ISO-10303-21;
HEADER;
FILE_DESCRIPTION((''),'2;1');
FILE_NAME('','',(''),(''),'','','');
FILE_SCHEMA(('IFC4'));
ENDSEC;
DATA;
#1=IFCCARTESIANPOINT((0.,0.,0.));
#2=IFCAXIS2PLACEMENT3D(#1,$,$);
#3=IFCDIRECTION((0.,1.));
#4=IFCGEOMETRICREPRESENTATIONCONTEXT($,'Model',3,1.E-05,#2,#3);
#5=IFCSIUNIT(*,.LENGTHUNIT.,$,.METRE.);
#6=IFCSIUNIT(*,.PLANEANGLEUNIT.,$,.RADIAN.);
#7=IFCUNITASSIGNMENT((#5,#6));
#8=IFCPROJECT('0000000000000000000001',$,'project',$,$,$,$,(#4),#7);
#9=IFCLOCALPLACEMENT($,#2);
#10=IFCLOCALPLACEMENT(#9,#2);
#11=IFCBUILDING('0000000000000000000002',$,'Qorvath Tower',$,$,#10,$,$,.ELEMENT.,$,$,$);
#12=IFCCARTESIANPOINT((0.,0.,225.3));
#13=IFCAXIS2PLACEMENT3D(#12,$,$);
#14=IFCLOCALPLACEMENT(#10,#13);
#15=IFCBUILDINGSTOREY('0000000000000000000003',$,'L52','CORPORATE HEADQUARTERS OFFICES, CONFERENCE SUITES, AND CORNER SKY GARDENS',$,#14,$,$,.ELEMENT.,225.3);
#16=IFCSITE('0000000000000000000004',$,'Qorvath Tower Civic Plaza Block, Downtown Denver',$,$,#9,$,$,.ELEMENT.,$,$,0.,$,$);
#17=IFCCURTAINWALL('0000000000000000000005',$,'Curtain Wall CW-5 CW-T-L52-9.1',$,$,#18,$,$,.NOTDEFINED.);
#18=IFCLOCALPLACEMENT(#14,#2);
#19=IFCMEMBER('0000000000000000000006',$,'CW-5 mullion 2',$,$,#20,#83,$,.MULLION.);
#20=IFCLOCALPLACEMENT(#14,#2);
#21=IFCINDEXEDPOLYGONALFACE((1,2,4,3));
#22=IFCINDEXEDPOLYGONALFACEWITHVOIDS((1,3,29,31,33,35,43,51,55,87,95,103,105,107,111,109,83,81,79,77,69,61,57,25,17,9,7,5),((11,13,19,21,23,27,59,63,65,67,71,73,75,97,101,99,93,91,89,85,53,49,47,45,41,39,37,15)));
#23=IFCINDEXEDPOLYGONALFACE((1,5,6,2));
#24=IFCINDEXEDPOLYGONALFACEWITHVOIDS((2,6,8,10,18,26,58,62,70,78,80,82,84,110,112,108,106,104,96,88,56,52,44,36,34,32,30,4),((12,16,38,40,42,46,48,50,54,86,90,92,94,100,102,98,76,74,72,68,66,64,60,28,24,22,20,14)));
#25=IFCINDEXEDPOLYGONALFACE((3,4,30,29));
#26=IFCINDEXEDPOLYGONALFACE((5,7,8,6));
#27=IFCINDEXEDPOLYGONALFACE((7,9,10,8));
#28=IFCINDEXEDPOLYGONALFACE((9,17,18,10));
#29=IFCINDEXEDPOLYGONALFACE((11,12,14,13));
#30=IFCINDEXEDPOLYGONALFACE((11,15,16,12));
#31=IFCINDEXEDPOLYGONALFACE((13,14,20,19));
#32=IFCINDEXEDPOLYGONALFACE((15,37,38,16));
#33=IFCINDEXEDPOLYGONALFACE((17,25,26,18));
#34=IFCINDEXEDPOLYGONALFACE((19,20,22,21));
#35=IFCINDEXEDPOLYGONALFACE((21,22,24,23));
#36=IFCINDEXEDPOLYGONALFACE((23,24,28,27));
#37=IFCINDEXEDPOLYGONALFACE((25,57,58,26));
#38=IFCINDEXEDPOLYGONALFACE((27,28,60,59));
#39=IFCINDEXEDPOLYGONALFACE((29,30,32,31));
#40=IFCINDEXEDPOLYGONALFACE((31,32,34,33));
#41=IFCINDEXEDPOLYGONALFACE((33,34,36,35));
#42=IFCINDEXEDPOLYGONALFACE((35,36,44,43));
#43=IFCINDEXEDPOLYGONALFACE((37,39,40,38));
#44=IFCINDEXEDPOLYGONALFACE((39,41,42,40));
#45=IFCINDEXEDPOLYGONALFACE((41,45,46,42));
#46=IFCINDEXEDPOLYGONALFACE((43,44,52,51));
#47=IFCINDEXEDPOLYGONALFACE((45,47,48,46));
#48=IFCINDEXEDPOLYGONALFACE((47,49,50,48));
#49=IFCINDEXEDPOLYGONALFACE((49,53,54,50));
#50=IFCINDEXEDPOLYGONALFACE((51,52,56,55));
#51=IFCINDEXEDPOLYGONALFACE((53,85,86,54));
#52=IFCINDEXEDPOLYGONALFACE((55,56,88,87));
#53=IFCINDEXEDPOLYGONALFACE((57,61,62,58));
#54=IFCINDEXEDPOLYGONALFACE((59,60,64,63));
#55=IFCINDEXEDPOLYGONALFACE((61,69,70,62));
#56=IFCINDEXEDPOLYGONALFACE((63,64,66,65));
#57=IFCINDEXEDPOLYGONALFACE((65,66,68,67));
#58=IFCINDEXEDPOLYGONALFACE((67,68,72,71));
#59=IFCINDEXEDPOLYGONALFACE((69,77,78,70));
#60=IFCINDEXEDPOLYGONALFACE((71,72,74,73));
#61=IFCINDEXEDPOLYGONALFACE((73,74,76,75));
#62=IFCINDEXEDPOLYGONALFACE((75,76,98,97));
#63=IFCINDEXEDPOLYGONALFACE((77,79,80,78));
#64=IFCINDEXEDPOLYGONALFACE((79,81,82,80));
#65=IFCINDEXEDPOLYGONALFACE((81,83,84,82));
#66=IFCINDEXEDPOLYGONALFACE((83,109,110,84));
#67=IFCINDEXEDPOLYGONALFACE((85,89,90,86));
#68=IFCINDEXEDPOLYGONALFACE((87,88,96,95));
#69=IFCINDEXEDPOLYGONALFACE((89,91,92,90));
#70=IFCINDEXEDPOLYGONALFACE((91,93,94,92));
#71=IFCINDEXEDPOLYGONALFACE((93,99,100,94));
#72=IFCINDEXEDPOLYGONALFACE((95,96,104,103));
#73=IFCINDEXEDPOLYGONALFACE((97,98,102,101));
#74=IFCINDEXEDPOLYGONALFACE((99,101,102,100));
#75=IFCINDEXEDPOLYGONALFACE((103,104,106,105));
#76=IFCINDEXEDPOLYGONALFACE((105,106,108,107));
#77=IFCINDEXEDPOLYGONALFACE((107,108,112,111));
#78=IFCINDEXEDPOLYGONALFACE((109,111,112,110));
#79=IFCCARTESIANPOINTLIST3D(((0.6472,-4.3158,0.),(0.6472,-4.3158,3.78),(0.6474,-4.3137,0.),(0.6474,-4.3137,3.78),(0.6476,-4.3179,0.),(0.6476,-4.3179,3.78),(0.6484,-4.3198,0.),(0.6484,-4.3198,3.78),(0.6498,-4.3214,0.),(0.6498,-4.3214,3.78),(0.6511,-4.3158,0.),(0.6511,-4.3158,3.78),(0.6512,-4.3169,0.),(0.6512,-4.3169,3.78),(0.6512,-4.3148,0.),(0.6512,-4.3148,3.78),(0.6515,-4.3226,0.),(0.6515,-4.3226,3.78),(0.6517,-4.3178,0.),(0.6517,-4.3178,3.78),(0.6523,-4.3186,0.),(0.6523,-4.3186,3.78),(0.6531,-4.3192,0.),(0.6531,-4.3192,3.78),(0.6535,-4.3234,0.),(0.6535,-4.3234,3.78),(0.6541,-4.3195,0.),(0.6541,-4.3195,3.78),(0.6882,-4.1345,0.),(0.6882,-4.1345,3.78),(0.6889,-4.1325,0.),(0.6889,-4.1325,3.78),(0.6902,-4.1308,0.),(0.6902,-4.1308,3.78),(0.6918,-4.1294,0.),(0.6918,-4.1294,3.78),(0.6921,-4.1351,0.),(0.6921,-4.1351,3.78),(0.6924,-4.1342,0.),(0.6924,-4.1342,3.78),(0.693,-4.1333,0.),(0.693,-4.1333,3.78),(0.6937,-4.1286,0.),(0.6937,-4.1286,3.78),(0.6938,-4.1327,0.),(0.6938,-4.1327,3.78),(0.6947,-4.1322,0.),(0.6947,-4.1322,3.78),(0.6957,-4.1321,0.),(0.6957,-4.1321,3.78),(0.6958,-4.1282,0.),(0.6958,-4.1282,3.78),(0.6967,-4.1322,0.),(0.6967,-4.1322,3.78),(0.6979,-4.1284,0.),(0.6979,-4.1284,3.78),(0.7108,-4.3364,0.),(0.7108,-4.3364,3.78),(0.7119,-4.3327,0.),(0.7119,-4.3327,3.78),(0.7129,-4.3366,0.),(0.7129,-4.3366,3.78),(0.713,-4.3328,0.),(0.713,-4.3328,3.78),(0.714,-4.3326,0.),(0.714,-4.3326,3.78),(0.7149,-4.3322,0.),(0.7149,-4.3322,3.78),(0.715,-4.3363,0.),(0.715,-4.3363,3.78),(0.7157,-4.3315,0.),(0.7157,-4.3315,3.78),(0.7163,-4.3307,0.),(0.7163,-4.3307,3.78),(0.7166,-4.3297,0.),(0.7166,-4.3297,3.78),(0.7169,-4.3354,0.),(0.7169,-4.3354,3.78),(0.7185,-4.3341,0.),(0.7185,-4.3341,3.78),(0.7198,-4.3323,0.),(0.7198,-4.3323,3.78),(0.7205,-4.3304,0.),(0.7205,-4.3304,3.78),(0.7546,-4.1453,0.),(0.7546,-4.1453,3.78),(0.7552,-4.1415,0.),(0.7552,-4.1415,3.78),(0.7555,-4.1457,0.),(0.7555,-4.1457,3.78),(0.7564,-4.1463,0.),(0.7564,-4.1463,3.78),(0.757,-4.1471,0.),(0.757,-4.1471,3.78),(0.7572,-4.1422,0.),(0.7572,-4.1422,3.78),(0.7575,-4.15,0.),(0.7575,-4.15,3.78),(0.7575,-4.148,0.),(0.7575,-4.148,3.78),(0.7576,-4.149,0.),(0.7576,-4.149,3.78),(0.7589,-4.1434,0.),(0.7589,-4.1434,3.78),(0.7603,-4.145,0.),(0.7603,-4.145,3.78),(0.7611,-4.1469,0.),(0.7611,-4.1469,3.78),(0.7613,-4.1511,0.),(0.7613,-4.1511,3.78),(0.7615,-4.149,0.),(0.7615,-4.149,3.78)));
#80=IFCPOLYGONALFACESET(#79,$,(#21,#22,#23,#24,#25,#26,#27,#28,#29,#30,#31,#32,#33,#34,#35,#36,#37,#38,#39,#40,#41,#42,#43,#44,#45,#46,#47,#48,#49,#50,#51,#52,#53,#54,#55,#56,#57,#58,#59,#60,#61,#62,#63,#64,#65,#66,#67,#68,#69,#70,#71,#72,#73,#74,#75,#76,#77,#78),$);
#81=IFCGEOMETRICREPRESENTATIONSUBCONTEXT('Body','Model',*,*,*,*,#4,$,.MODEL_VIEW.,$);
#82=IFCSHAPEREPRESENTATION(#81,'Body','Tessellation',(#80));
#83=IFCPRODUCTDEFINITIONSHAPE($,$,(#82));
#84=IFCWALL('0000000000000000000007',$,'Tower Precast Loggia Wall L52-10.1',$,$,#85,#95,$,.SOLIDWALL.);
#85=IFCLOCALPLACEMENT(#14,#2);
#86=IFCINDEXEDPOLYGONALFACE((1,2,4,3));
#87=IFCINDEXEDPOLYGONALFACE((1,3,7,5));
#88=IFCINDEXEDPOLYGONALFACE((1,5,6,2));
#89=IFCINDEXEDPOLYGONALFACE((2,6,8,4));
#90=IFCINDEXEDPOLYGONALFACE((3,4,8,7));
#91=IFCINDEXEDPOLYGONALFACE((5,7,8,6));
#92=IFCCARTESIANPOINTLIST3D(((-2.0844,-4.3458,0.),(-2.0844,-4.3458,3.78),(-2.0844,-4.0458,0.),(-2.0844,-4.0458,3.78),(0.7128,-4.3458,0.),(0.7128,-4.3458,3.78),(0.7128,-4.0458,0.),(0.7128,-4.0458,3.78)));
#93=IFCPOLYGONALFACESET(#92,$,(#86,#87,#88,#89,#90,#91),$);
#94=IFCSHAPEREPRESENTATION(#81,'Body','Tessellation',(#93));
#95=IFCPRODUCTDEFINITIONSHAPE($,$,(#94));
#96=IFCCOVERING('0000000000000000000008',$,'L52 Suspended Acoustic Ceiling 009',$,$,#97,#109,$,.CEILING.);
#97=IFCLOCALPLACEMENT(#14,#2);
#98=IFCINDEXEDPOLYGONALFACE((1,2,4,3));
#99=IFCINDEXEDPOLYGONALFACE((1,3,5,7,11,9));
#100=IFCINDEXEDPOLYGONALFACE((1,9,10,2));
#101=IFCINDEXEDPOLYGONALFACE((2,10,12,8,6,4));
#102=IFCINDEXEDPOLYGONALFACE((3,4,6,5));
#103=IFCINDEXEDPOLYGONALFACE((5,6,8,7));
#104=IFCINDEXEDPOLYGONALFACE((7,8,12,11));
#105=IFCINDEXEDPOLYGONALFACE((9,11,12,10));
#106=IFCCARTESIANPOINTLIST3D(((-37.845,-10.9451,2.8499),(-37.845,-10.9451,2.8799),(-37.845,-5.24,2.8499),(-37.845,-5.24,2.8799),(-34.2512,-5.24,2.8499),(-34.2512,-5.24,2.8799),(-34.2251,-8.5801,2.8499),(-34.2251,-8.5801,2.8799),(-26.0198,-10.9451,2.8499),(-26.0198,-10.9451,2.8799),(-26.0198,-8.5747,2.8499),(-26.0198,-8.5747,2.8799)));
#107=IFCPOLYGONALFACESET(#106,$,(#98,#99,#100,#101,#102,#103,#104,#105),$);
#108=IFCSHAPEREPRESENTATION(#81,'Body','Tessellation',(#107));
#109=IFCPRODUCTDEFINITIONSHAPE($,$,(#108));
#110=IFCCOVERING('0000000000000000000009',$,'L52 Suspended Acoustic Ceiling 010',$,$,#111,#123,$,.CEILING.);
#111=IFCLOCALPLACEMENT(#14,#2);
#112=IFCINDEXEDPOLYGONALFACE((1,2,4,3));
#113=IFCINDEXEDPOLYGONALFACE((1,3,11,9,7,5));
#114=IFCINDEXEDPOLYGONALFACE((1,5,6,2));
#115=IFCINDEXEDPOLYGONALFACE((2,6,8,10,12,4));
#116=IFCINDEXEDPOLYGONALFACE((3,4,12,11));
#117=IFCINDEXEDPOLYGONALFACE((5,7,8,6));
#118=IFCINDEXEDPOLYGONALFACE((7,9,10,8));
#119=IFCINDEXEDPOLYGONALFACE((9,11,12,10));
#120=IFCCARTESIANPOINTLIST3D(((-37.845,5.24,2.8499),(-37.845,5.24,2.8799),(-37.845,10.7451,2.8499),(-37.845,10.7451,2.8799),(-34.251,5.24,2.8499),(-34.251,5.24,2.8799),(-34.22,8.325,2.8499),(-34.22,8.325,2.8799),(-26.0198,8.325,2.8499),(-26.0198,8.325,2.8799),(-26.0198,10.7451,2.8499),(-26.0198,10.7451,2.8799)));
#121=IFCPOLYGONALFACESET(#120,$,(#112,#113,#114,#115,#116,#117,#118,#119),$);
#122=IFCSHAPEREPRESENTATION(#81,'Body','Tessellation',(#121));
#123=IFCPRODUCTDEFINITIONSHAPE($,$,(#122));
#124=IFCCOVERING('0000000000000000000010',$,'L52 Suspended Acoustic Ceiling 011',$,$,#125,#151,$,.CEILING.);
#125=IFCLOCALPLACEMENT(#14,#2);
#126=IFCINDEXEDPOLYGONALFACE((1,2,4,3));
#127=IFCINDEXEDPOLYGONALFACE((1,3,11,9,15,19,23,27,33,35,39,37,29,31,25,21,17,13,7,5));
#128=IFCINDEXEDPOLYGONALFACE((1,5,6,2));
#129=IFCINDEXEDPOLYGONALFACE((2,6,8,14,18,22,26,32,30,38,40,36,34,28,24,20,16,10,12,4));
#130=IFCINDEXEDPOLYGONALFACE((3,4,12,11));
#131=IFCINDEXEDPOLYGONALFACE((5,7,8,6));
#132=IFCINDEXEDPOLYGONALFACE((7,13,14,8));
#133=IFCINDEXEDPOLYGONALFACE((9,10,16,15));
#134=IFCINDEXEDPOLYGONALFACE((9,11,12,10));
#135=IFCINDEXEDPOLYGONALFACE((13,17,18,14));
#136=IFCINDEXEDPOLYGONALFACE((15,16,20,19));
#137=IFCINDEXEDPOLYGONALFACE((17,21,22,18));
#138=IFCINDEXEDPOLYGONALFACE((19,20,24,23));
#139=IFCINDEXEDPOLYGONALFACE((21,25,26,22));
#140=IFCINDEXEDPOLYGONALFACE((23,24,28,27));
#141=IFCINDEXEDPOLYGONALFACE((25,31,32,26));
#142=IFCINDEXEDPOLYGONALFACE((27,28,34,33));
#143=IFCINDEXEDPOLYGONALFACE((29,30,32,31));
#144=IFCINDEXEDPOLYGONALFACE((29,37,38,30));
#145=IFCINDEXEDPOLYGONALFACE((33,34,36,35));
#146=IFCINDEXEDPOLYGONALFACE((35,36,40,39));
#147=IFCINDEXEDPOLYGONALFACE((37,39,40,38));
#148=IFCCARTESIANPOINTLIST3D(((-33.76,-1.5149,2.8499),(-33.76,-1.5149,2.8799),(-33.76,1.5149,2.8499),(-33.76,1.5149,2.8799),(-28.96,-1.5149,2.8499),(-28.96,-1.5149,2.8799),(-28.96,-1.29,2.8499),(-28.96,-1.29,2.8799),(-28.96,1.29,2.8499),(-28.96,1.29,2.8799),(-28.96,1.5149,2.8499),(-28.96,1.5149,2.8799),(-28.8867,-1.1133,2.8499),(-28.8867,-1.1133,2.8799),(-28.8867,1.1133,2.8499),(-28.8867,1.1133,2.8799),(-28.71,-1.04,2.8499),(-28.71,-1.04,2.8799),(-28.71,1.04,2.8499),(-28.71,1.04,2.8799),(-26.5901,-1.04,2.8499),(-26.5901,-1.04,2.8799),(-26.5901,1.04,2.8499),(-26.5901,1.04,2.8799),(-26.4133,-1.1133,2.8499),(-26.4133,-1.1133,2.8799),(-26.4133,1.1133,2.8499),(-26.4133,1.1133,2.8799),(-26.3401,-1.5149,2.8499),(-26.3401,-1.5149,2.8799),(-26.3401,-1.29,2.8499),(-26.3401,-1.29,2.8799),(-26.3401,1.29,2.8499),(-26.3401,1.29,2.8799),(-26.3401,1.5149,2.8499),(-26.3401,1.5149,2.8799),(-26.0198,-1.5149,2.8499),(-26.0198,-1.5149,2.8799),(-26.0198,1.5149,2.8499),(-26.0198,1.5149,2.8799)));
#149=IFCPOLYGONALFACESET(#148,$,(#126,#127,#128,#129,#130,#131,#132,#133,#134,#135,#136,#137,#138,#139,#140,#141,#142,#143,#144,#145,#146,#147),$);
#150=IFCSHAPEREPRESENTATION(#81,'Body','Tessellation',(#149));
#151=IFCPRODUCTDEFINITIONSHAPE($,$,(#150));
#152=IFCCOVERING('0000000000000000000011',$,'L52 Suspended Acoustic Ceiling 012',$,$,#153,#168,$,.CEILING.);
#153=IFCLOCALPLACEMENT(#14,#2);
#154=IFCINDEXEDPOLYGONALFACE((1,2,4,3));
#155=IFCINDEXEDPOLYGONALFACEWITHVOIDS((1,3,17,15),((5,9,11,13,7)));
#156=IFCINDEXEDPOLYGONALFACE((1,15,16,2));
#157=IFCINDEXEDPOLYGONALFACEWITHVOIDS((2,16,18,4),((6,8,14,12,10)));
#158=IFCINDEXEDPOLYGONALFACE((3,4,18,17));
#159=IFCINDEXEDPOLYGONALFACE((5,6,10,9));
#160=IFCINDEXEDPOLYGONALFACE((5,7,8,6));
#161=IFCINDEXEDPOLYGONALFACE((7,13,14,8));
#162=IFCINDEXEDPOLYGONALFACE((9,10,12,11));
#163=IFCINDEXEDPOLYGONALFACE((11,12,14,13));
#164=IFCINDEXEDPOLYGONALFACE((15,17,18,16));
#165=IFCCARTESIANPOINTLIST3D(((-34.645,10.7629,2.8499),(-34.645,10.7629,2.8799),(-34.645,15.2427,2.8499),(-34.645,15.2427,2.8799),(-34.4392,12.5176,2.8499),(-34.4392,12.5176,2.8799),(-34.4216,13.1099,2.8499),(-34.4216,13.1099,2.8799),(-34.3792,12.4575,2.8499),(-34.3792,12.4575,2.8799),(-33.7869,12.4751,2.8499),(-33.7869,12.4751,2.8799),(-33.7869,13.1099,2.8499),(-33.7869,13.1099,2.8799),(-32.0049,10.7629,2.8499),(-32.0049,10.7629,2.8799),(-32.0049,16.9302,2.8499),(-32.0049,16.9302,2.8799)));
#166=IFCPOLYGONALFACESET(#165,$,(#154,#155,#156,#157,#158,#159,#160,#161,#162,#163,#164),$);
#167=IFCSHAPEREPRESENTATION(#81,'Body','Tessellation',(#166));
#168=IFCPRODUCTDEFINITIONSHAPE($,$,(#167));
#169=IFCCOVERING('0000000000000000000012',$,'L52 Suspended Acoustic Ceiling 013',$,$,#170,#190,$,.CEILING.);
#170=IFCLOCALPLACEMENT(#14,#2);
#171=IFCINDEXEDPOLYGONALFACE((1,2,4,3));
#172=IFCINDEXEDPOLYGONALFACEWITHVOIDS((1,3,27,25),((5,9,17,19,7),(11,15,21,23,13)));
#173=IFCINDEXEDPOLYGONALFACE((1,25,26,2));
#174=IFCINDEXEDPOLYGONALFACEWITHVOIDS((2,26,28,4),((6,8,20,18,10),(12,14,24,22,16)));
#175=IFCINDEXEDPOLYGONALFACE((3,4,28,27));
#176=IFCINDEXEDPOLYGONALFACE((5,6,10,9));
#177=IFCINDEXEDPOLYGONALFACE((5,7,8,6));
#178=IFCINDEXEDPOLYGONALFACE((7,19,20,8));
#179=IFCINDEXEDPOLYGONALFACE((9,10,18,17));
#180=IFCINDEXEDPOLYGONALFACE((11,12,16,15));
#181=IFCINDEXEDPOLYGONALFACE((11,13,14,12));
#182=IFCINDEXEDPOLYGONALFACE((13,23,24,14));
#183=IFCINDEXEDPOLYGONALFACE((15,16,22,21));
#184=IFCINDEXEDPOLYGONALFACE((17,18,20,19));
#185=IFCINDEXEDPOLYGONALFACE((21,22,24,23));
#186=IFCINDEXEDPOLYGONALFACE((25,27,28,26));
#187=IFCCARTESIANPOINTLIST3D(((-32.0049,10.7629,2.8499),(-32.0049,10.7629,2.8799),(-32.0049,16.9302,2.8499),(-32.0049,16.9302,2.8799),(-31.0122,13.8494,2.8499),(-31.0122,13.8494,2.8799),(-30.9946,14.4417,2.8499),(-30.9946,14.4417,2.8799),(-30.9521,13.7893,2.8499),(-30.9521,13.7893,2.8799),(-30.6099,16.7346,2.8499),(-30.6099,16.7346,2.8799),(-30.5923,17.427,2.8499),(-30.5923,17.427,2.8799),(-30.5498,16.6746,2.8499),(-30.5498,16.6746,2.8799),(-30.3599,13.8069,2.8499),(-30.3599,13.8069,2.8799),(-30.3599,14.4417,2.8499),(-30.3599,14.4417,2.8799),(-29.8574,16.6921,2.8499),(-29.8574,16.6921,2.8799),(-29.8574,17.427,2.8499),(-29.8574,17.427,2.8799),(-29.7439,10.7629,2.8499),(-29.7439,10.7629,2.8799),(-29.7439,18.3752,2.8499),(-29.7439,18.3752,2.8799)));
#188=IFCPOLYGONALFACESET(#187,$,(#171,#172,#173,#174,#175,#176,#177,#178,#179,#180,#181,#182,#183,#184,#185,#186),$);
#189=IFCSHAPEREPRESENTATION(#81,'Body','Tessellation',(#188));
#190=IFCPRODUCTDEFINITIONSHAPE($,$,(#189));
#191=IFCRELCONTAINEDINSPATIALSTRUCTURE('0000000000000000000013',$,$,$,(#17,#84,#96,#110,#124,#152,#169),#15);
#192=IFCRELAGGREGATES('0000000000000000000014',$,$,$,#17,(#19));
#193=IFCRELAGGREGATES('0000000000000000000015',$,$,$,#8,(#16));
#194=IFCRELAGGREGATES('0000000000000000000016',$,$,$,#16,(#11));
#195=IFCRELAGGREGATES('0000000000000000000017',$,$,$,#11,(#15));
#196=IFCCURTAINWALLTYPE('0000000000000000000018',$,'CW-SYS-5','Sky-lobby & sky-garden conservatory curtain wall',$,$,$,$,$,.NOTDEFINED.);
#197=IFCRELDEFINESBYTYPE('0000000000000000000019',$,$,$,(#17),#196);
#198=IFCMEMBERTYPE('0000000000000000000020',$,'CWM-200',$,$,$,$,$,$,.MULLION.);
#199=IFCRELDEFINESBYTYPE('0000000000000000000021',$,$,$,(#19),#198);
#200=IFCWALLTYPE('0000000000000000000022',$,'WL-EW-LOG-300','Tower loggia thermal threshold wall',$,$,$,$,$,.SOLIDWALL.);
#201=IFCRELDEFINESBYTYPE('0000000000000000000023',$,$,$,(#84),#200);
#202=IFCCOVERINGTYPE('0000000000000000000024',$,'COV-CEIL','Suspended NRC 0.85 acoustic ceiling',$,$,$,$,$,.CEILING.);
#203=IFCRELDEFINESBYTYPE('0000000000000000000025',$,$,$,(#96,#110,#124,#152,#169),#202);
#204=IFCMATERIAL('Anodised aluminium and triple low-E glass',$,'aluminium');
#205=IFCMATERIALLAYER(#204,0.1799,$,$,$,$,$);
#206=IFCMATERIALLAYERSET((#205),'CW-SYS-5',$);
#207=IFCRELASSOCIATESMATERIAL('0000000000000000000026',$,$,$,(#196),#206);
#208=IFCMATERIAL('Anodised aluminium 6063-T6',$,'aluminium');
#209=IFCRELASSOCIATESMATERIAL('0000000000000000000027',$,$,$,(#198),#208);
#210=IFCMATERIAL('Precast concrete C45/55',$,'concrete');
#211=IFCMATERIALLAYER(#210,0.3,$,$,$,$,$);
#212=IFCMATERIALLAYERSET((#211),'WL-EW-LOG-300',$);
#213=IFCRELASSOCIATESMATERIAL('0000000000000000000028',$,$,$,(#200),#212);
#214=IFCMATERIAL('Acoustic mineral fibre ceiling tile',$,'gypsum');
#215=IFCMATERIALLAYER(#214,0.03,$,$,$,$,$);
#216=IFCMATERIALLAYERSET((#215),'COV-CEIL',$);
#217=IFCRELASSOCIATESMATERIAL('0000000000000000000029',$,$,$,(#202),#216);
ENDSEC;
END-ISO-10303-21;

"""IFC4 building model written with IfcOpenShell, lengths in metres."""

from ifc_helpers import new_model, si_unit, direction, frame, frame_2d, origin, origin_2d, place, context, subcontext, project, spatial, polyline, rectangle, hollow_rectangle, outline, extrude, material, layer, layer_set, material_profile, profile_set, type_object, element, aggregate, save


model = new_model("IFC4")

# Units and contexts
model_context = context("Model", 3, precision=1e-05, world=origin(), true_north=direction((0.0, 1.0)))
body_context = subcontext(model_context, "Body", "Model", "MODEL_VIEW")
ifc_project = project(units=[si_unit("LENGTHUNIT", "METRE"), si_unit("PLANEANGLEUNIT", "RADIAN")], contexts=[model_context])

# Site, building, storey
site_placement = place(None, origin())
site = spatial("IfcSite", under=ifc_project, at=site_placement, Name="Qorvath Tower Civic Plaza Block, Downtown Denver", CompositionType="ELEMENT", RefElevation=0.0)
building_placement = place(site_placement, origin())
building = spatial("IfcBuilding", under=site, at=building_placement, Name="Qorvath Tower", CompositionType="ELEMENT")
storey_placement = place(building_placement, frame((0.0, 0.0, 225.3)))
storey = spatial("IfcBuildingStorey", under=building, at=storey_placement, Name="L52", Description="CORPORATE HEADQUARTERS OFFICES, CONFERENCE SUITES, AND CORNER SKY GARDENS", CompositionType="ELEMENT", Elevation=225.3)

# Curtain wall, member
ifc_material_1 = material(Name="Anodised aluminium and triple low-E glass", Category="aluminium")
ifc_layer_1 = layer(ifc_material_1, 0.1799)
ifc_layer_set_1 = layer_set([ifc_layer_1], Name="CW-SYS-5")
curtain_wall_type = type_object("IfcCurtainWallType", Name="CW-SYS-5", Description="Sky-lobby & sky-garden conservatory curtain wall", PredefinedType="NOTDEFINED", material=ifc_layer_set_1)
curtain_wall_placement = place(storey_placement, origin())
curtain_wall = element("IfcCurtainWall", 1, at=curtain_wall_placement, inside=storey, type_object=curtain_wall_type, Name="Curtain Wall CW-5 CW-T-L52-9.1", PredefinedType="NOTDEFINED")
ifc_material_2 = material(Name="Anodised aluminium 6063-T6", Category="aluminium")
ifc_material_profile = material_profile(ifc_material_2, hollow_rectangle(XDim=0.075, YDim=0.2, WallThickness=0.0039, InnerFilletRadius=0.0039, OuterFilletRadius=0.0081, at=origin_2d()), Name="CWM 200x75")
ifc_profile_set = profile_set([ifc_material_profile], Name="Anodised aluminium 6063-T6")
member_type = type_object("IfcMemberType", Name="CWM-200", PredefinedType="MULLION", material=ifc_profile_set)
member_placement = place(storey_placement, frame((0.7043, -4.2324, 0.0), z_axis=(0.0, 0.0, 1.0), x_axis=(-0.975053, 0.22197, 0.0)))
member = element("IfcMember", 2, at=member_placement, type_object=member_type, Name="CW-5 mullion 2", PredefinedType="MULLION", context=body_context, shape_type="SweptSolid", body=[
    extrude(hollow_rectangle(XDim=0.075, YDim=0.2, WallThickness=0.0039, InnerFilletRadius=0.0039, OuterFilletRadius=0.0081, at=origin_2d()), origin(), (0.0, 0.0, 1.0), 3.78),
])
aggregate(curtain_wall, [member])

# Wall
ifc_material_3 = material(Name="Precast concrete C45/55", Category="concrete")
ifc_layer_2 = layer(ifc_material_3, 0.3)
ifc_layer_set_2 = layer_set([ifc_layer_2], Name="WL-EW-LOG-300")
wall_type = type_object("IfcWallType", Name="WL-EW-LOG-300", Description="Tower loggia thermal threshold wall", PredefinedType="SOLIDWALL", material=ifc_layer_set_2)
wall_placement = place(storey_placement, frame((0.7126, -4.1958, 0.0), z_axis=(0.0, 0.0, 1.0), x_axis=(-1.0, 0.0, 0.0)))
element("IfcWall", 3, at=wall_placement, inside=storey, type_object=wall_type, Name="Tower Precast Loggia Wall L52-10.1", PredefinedType="SOLIDWALL", context=body_context, shape_type="SweptSolid", body=[
    extrude(rectangle(XDim=2.7971, YDim=0.3, at=frame_2d((1.3984, 0.0))), origin(), (0.0, 0.0, 1.0), 3.78),
])

# Coverings
ifc_material_4 = material(Name="Acoustic mineral fibre ceiling tile", Category="gypsum")
ifc_layer_3 = layer(ifc_material_4, 0.03)
ifc_layer_set_3 = layer_set([ifc_layer_3], Name="COV-CEIL")
covering_type_1 = type_object("IfcCoveringType", Name="COV-CEIL", Description="Suspended NRC 0.85 acoustic ceiling", PredefinedType="CEILING", material=ifc_layer_set_3)
covering_1_placement = place(storey_placement, frame((0.0, 0.0, 2.8499)))
element("IfcCovering", 4, at=covering_1_placement, inside=storey, type_object=covering_type_1, Name="L52 Suspended Acoustic Ceiling 009", PredefinedType="CEILING", context=body_context, shape_type="SweptSolid", body=[
    extrude(outline(polyline([(-34.2251, -8.5801), (-34.2512, -5.24), (-37.845, -5.24), (-37.845, -10.9451), (-26.0198, -10.9451), (-26.0198, -8.5747), (-34.2251, -8.5801)])), origin(), (0.0, 0.0, 1.0), 0.03),
])
covering_2_placement = place(storey_placement, frame((0.0, 0.0, 2.8499)))
element("IfcCovering", 5, at=covering_2_placement, inside=storey, type_object=covering_type_1, Name="L52 Suspended Acoustic Ceiling 010", PredefinedType="CEILING", context=body_context, shape_type="SweptSolid", body=[
    extrude(outline(polyline([(-26.0198, 8.325), (-26.0198, 10.7451), (-37.845, 10.7451), (-37.845, 5.24), (-34.251, 5.24), (-34.22, 8.325), (-26.0198, 8.325)])), origin(), (0.0, 0.0, 1.0), 0.03),
])
covering_3_placement = place(storey_placement, frame((0.0, 0.0, 2.8499)))
element("IfcCovering", 6, at=covering_3_placement, inside=storey, type_object=covering_type_1, Name="L52 Suspended Acoustic Ceiling 011", PredefinedType="CEILING", context=body_context, shape_type="SweptSolid", body=[
    extrude(outline(polyline([(-26.0198, -1.5149), (-26.0198, 1.5149), (-26.3401, 1.5149), (-26.3401, 1.29), (-26.4133, 1.1133), (-26.5901, 1.04), (-28.71, 1.04), (-28.8867, 1.1133), (-28.96, 1.29), (-28.96, 1.5149), (-33.76, 1.5149), (-33.76, -1.5149), (-28.96, -1.5149), (-28.96, -1.29), (-28.8867, -1.1133), (-28.71, -1.04), (-26.5901, -1.04), (-26.4133, -1.1133), (-26.3401, -1.29), (-26.3401, -1.5149), (-26.0198, -1.5149)])), origin(), (0.0, 0.0, 1.0), 0.03),
])
covering_4_placement = place(storey_placement, frame((0.0, 0.0, 2.8499)))
element("IfcCovering", 7, at=covering_4_placement, inside=storey, type_object=covering_type_1, Name="L52 Suspended Acoustic Ceiling 012", PredefinedType="CEILING", context=body_context, shape_type="SweptSolid", body=[
    extrude(outline(polyline([(-32.0049, 10.7629), (-32.0049, 16.9302), (-34.645, 15.2427), (-34.645, 10.7629), (-32.0049, 10.7629)]), holes=[polyline([(-34.4392, 12.5176), (-34.4216, 13.1099), (-33.7869, 13.1099), (-33.7869, 12.4751), (-34.3792, 12.4575), (-34.4392, 12.5176)])]), origin(), (0.0, 0.0, 1.0), 0.03),
])
covering_5_placement = place(storey_placement, frame((0.0, 0.0, 2.8499)))
element("IfcCovering", 8, at=covering_5_placement, inside=storey, type_object=covering_type_1, Name="L52 Suspended Acoustic Ceiling 013", PredefinedType="CEILING", context=body_context, shape_type="SweptSolid", body=[
    extrude(outline(polyline([(-29.7439, 10.7629), (-29.7439, 18.3752), (-32.0049, 16.9302), (-32.0049, 10.7629), (-29.7439, 10.7629)]), holes=[polyline([(-30.6099, 16.7346), (-30.5923, 17.427), (-29.8574, 17.427), (-29.8574, 16.6921), (-30.5498, 16.6746), (-30.6099, 16.7346)]), polyline([(-31.0122, 13.8494), (-30.9946, 14.4417), (-30.3599, 14.4417), (-30.3599, 13.8069), (-30.9521, 13.7893), (-31.0122, 13.8494)])]), origin(), (0.0, 0.0, 1.0), 0.03),
])

save(model, "model.ifc")
